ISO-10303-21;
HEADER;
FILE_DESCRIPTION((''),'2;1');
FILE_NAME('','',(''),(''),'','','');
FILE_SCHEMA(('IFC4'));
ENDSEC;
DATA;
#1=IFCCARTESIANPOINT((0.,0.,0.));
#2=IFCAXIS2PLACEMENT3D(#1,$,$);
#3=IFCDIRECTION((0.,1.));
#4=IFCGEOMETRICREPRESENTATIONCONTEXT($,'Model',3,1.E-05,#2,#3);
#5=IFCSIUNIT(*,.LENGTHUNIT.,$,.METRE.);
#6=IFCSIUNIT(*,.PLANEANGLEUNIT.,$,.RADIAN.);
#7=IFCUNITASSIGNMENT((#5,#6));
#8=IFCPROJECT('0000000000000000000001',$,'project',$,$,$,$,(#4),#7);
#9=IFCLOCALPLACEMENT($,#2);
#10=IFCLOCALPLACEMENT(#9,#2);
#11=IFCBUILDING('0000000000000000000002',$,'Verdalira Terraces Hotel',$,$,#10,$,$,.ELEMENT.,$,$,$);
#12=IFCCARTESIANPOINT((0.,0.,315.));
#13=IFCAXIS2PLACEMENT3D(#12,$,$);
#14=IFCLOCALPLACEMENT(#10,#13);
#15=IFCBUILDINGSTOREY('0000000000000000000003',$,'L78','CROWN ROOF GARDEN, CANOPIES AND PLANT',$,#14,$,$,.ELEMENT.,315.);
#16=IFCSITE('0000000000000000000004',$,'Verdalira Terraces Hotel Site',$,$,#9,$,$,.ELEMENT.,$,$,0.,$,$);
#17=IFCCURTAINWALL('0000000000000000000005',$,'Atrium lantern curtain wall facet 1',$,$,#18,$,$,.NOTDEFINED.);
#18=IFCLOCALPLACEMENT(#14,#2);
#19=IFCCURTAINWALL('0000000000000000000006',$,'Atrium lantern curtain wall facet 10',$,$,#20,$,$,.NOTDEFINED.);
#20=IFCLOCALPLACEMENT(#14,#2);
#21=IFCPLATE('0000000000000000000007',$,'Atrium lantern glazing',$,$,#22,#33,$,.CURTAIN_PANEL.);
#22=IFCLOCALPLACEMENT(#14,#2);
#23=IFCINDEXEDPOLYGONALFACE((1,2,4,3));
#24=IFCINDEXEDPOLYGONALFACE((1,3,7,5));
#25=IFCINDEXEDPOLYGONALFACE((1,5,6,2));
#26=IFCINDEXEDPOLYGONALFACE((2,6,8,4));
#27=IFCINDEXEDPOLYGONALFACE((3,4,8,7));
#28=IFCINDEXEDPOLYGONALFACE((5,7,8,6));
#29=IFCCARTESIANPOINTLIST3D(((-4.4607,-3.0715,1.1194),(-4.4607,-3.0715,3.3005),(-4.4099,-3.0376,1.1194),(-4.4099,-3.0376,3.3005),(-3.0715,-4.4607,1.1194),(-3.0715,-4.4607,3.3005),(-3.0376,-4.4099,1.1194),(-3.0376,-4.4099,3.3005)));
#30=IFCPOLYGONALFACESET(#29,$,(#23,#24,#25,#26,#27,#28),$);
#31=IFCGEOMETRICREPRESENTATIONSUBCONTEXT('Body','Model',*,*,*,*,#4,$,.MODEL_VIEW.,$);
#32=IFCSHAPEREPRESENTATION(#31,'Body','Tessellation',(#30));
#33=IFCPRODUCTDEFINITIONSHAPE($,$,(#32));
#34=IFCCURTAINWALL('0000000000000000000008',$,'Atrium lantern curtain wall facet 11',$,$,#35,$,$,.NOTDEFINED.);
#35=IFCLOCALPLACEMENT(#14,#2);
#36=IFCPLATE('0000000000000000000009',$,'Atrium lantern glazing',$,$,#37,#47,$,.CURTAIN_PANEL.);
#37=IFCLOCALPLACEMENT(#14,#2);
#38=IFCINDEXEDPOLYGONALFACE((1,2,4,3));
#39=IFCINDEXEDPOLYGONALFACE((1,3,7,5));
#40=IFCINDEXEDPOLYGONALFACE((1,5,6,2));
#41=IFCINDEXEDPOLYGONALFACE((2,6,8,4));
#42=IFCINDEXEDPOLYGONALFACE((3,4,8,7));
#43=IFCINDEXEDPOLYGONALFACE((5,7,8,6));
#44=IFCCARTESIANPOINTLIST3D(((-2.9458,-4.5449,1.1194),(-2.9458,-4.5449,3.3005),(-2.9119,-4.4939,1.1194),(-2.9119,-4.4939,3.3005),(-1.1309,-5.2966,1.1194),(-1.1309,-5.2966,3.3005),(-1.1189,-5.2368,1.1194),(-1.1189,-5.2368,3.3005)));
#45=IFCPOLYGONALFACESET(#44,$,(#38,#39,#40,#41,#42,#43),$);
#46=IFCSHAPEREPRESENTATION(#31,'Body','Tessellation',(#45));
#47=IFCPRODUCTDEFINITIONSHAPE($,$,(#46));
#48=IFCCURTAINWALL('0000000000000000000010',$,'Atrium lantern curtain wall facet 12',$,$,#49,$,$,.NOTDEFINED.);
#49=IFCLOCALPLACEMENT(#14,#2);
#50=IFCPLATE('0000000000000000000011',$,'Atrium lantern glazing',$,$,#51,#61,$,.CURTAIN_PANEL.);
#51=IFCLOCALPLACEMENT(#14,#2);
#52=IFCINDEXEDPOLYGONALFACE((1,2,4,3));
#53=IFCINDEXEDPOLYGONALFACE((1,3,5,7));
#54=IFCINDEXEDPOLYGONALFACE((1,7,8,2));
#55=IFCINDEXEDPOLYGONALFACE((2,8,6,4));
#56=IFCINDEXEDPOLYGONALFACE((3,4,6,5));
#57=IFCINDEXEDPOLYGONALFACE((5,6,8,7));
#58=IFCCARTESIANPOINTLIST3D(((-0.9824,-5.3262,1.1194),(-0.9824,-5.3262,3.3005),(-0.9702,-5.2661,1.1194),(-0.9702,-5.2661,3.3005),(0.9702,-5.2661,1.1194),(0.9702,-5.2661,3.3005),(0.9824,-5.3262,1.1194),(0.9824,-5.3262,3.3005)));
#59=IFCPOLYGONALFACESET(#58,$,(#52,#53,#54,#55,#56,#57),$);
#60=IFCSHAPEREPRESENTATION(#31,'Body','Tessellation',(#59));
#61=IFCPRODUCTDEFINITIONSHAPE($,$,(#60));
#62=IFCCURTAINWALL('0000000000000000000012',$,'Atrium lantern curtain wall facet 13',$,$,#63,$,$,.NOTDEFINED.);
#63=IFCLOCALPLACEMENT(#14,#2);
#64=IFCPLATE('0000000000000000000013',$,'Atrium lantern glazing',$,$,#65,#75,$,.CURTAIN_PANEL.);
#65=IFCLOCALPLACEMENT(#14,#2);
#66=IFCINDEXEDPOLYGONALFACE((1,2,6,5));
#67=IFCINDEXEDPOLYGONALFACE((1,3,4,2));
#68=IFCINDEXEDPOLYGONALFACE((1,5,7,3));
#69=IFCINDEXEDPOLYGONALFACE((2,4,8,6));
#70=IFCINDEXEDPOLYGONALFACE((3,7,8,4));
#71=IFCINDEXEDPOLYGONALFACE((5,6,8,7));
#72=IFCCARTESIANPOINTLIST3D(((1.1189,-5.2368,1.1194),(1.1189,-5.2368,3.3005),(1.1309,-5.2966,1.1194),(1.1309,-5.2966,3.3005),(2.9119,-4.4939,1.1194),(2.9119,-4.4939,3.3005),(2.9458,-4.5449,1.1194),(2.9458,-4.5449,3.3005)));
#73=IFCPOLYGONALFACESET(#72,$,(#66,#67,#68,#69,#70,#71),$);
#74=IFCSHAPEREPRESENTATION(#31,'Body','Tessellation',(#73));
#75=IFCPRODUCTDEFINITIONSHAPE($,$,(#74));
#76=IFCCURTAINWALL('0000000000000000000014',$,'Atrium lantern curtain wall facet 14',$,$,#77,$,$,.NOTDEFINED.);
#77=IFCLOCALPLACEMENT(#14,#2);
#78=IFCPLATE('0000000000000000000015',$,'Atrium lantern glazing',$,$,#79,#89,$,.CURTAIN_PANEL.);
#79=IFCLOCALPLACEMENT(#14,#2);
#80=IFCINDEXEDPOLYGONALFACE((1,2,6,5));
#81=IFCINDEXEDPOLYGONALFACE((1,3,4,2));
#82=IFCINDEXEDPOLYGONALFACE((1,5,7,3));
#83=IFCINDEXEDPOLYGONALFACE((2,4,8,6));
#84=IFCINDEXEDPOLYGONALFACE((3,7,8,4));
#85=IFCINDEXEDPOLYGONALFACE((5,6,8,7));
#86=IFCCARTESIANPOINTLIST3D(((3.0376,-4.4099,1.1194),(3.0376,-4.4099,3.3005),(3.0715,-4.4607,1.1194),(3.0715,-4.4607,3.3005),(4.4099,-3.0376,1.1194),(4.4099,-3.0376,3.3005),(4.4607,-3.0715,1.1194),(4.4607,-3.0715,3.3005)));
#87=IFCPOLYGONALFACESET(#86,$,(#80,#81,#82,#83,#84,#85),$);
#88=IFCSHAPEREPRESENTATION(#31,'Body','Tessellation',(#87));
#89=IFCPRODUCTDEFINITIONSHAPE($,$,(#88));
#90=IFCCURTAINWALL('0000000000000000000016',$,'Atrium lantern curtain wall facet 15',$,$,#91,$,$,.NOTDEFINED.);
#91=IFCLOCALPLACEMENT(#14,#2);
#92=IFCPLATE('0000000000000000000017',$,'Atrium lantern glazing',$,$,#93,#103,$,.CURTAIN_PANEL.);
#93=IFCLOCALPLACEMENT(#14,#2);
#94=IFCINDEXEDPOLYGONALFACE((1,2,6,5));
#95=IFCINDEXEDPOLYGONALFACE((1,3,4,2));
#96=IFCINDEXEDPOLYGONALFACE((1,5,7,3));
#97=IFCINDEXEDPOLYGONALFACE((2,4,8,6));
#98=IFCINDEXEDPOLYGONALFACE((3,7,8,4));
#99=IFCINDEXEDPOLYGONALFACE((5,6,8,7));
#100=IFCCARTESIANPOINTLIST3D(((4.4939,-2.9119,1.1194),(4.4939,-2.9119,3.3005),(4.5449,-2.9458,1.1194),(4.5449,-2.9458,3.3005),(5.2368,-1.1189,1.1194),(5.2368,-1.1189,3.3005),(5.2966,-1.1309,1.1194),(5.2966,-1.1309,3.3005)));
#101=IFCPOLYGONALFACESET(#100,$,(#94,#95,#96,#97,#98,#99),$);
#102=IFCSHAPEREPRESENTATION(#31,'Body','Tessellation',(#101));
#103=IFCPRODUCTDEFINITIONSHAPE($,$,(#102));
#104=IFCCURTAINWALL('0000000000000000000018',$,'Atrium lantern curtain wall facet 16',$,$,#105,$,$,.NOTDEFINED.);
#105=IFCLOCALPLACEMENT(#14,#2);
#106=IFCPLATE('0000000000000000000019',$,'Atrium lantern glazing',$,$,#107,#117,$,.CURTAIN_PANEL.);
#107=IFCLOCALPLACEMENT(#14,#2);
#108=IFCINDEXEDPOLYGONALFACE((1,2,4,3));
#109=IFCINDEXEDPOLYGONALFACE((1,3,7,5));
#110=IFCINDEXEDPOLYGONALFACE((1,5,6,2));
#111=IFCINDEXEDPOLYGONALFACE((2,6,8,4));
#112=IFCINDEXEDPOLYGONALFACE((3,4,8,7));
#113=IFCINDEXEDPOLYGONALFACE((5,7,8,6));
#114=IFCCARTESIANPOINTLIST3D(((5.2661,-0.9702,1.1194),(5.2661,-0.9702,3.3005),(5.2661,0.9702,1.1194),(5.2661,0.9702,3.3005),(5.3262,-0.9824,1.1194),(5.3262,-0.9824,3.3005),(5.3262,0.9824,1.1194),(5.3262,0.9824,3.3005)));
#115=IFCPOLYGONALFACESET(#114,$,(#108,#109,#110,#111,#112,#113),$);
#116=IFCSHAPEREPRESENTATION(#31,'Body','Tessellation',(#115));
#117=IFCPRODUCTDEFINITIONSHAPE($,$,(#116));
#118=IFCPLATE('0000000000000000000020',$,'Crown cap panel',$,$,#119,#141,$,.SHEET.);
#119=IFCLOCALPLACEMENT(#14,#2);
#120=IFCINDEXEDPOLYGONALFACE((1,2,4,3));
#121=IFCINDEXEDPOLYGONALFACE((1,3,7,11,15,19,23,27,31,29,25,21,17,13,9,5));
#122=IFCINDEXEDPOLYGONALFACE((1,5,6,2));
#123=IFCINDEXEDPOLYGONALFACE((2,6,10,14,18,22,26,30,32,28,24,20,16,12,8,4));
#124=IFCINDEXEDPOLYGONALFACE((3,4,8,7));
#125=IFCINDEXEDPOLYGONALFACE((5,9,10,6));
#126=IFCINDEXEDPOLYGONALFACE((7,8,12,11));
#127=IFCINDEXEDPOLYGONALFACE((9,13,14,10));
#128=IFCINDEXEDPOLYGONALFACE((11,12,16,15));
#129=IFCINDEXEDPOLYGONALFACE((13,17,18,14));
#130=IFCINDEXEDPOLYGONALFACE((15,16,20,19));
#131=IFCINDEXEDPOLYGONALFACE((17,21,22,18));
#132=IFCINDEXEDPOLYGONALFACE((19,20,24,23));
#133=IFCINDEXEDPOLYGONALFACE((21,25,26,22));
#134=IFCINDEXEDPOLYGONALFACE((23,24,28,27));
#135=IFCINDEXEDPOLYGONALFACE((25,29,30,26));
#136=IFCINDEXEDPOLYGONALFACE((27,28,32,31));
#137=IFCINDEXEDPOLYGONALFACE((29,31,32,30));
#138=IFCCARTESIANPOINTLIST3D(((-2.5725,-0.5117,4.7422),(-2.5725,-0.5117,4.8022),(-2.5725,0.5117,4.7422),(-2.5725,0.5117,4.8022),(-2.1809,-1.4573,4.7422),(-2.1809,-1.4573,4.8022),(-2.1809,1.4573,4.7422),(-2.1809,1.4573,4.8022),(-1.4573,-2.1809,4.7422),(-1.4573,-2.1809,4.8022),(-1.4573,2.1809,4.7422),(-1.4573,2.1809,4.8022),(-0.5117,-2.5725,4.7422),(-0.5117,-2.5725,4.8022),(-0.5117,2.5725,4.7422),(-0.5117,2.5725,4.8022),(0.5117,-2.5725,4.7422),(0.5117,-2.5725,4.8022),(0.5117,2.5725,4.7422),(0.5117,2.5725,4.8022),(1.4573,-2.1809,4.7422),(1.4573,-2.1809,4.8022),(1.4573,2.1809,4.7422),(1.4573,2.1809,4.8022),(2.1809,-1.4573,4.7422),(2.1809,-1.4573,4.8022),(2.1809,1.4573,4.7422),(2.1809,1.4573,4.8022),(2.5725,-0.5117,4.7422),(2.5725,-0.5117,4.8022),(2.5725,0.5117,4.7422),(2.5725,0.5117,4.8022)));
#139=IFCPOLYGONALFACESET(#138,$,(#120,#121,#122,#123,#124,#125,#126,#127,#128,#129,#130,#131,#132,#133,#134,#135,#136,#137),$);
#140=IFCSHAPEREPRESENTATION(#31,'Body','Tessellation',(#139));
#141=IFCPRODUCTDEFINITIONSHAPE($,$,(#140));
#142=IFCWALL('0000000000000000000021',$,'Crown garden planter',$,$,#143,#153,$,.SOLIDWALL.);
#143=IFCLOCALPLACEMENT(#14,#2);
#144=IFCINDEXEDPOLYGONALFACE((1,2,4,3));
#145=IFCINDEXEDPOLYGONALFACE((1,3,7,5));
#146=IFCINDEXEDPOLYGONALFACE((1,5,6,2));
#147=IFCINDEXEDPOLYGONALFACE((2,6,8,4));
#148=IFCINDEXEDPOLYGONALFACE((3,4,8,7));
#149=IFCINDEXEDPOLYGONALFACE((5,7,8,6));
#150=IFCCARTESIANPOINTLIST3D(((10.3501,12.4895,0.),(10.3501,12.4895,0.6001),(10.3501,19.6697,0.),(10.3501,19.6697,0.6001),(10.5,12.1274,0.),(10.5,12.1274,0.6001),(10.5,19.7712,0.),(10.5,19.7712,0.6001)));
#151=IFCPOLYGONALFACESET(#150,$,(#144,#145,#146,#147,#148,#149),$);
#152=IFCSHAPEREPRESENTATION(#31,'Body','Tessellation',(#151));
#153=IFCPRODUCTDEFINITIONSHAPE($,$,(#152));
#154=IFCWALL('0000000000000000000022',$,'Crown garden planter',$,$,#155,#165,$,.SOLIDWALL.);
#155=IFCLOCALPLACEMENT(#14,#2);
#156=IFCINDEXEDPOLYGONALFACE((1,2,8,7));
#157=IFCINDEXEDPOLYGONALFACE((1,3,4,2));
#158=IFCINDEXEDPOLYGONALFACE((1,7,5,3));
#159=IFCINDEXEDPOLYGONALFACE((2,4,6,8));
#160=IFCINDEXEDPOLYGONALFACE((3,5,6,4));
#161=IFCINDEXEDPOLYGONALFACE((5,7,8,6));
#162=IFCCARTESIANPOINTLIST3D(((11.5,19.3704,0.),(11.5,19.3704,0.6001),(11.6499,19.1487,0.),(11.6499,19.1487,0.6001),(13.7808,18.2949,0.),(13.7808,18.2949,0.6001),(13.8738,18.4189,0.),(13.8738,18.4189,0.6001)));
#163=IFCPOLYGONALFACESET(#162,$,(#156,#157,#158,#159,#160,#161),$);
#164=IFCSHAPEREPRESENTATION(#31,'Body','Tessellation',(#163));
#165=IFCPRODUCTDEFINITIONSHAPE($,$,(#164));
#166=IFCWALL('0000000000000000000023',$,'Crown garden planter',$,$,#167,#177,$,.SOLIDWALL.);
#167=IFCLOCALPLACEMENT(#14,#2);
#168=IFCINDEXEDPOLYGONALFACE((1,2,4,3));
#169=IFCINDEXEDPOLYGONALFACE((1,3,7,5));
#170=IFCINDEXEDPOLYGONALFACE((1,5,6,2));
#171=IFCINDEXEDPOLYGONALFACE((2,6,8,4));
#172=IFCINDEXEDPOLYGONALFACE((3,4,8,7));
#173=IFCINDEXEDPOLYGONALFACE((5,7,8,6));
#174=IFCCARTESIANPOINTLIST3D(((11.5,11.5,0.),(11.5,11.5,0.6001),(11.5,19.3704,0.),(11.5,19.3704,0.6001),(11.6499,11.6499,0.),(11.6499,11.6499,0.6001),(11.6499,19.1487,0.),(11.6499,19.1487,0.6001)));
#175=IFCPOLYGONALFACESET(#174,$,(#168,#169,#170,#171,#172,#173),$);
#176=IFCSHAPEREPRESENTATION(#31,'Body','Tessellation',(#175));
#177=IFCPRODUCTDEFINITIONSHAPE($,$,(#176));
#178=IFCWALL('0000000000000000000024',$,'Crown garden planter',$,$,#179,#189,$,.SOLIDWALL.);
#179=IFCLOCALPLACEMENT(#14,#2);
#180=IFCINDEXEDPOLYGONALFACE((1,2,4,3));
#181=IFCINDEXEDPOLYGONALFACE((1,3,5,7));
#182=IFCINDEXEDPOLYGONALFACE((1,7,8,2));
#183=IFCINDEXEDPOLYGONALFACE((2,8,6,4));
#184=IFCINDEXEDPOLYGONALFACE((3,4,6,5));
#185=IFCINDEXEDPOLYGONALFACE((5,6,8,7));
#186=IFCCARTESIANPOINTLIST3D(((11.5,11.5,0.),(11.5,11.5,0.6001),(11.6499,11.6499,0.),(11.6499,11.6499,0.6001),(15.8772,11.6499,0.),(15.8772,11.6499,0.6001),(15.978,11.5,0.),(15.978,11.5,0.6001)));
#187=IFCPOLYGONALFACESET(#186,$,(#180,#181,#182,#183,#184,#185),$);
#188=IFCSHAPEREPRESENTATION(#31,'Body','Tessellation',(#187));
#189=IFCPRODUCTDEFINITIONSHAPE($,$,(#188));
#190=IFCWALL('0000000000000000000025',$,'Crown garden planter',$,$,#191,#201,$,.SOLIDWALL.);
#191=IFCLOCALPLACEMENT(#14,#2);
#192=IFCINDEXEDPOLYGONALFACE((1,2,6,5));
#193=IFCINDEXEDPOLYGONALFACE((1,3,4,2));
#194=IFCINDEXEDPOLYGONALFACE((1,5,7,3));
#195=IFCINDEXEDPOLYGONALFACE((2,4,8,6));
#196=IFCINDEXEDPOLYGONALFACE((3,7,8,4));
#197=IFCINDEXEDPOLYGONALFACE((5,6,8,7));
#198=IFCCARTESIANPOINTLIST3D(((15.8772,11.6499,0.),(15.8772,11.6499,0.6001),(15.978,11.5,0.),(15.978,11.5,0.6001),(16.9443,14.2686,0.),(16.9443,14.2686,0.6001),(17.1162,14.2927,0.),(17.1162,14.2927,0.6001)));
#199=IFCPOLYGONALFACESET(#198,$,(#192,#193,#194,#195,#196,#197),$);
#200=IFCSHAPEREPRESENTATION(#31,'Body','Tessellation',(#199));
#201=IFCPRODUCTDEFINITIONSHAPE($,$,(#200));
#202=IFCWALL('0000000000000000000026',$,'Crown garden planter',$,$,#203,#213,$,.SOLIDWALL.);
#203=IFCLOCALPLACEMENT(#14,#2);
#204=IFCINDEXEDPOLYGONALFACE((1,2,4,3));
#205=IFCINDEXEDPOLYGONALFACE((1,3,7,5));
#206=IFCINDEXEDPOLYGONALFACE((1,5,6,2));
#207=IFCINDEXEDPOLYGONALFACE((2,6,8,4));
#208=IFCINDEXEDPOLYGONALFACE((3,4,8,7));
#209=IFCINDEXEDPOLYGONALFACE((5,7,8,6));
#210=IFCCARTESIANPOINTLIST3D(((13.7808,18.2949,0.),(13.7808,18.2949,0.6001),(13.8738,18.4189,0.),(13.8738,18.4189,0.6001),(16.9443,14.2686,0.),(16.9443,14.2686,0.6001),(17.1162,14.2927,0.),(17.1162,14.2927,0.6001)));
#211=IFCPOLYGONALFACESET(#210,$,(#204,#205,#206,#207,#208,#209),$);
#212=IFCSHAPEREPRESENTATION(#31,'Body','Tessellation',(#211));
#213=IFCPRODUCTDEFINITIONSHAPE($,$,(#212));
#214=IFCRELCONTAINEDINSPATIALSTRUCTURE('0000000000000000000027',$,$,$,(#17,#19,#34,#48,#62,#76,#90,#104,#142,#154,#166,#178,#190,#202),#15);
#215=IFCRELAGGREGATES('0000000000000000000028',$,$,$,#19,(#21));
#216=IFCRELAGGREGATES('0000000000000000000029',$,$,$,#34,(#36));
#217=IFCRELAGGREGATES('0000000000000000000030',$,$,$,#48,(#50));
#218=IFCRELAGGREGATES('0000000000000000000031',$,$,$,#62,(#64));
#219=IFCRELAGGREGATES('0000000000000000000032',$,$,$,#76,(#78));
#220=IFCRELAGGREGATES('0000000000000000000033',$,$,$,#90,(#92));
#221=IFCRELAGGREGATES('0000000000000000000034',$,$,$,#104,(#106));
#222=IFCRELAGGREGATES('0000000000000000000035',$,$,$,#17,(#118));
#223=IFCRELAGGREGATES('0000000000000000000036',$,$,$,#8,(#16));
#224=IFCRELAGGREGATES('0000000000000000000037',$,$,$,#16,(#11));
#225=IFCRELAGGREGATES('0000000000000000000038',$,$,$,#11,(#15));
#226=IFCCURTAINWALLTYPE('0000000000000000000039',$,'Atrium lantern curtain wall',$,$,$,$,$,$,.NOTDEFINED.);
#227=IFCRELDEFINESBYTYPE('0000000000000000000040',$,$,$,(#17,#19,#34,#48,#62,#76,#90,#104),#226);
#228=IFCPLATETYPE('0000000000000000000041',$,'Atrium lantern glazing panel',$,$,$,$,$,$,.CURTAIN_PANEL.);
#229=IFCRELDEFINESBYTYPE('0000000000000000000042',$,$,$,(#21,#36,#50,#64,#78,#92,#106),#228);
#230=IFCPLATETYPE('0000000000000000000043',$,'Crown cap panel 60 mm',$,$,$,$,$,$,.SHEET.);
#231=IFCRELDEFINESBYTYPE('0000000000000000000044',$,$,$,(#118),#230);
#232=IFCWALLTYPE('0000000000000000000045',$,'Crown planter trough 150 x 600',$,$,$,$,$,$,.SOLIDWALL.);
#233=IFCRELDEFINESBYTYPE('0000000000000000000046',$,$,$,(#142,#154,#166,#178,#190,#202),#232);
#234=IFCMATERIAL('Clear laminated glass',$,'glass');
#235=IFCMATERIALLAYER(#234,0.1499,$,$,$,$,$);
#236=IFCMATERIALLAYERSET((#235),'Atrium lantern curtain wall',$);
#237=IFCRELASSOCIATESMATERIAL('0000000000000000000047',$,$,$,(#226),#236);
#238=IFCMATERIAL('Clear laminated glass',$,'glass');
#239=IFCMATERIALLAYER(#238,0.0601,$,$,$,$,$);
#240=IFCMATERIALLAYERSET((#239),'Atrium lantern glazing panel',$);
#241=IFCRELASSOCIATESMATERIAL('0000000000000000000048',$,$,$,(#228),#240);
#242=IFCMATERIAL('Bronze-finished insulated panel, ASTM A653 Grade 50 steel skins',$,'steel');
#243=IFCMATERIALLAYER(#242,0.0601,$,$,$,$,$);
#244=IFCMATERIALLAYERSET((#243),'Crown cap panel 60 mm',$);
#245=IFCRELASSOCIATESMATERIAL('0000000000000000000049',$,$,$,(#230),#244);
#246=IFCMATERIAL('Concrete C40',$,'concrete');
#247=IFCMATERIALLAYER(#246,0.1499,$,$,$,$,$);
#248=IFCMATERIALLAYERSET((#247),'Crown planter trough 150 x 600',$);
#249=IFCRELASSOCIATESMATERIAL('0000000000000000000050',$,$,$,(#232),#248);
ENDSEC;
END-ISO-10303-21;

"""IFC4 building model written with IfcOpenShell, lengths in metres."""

from ifc_helpers import new_model, si_unit, direction, frame, origin, place, context, subcontext, project, spatial, polyline, outline, extrude, material, layer, layer_set, type_object, element, aggregate, save


model = new_model("IFC4")

# Units and contexts
model_context = context("Model", 3, precision=1e-05, world=origin(), true_north=direction((0.0, 1.0)))
body_context = subcontext(model_context, "Body", "Model", "MODEL_VIEW")
ifc_project = project(units=[si_unit("LENGTHUNIT", "METRE"), si_unit("PLANEANGLEUNIT", "RADIAN")], contexts=[model_context])

# Site, building, storey
site_placement = place(None, origin())
site = spatial("IfcSite", under=ifc_project, at=site_placement, Name="Verdalira Terraces Hotel Site", CompositionType="ELEMENT", RefElevation=0.0)
building_placement = place(site_placement, origin())
building = spatial("IfcBuilding", under=site, at=building_placement, Name="Verdalira Terraces Hotel", CompositionType="ELEMENT")
storey_placement = place(building_placement, frame((0.0, 0.0, 315.0)))
storey = spatial("IfcBuildingStorey", under=building, at=storey_placement, Name="L78", Description="CROWN ROOF GARDEN, CANOPIES AND PLANT", CompositionType="ELEMENT", Elevation=315.0)

# Shared definitions
ifc_material_1 = material(Name="Clear laminated glass", Category="glass")
ifc_layer_1 = layer(ifc_material_1, 0.1499)
ifc_layer_set_1 = layer_set([ifc_layer_1], Name="Atrium lantern curtain wall")
curtain_wall_type = type_object("IfcCurtainWallType", Name="Atrium lantern curtain wall", PredefinedType="NOTDEFINED", material=ifc_layer_set_1)

# Curtain wall
curtain_wall_1_placement = place(storey_placement, origin())
curtain_wall_1 = element("IfcCurtainWall", 1, at=curtain_wall_1_placement, inside=storey, type_object=curtain_wall_type, Name="Atrium lantern curtain wall facet 1", PredefinedType="NOTDEFINED")
ifc_material_2 = material(Name="Clear laminated glass", Category="glass")
ifc_layer_2 = layer(ifc_material_2, 0.0601)
ifc_layer_set_2 = layer_set([ifc_layer_2], Name="Atrium lantern glazing panel")
plate_type_1 = type_object("IfcPlateType", Name="Atrium lantern glazing panel", PredefinedType="CURTAIN_PANEL", material=ifc_layer_set_2)

# Curtain walls, plates
curtain_wall_2_placement = place(storey_placement, origin())
curtain_wall_2 = element("IfcCurtainWall", 2, at=curtain_wall_2_placement, inside=storey, type_object=curtain_wall_type, Name="Atrium lantern curtain wall facet 10", PredefinedType="NOTDEFINED")
plate_1_placement = place(storey_placement, frame((0.0, 0.0, 1.1194)))
plate_1 = element("IfcPlate", 3, at=plate_1_placement, type_object=plate_type_1, Name="Atrium lantern glazing", PredefinedType="CURTAIN_PANEL", context=body_context, shape_type="SweptSolid", body=[
    extrude(outline(polyline([(-4.4607, -3.0715), (-3.0715, -4.4607), (-3.0376, -4.4099), (-4.4099, -3.0376), (-4.4607, -3.0715)])), origin(), (0.0, 0.0, 1.0), 2.1812),
])
aggregate(curtain_wall_2, [plate_1])
curtain_wall_3_placement = place(storey_placement, origin())
curtain_wall_3 = element("IfcCurtainWall", 4, at=curtain_wall_3_placement, inside=storey, type_object=curtain_wall_type, Name="Atrium lantern curtain wall facet 11", PredefinedType="NOTDEFINED")
plate_2_placement = place(storey_placement, frame((0.0, 0.0, 1.1194)))
plate_2 = element("IfcPlate", 5, at=plate_2_placement, type_object=plate_type_1, Name="Atrium lantern glazing", PredefinedType="CURTAIN_PANEL", context=body_context, shape_type="SweptSolid", body=[
    extrude(outline(polyline([(-2.9458, -4.5449), (-1.1309, -5.2966), (-1.1189, -5.2368), (-2.9119, -4.4939), (-2.9458, -4.5449)])), origin(), (0.0, 0.0, 1.0), 2.1812),
])
aggregate(curtain_wall_3, [plate_2])
curtain_wall_4_placement = place(storey_placement, origin())
curtain_wall_4 = element("IfcCurtainWall", 6, at=curtain_wall_4_placement, inside=storey, type_object=curtain_wall_type, Name="Atrium lantern curtain wall facet 12", PredefinedType="NOTDEFINED")
plate_3_placement = place(storey_placement, frame((0.0, 0.0, 1.1194)))
plate_3 = element("IfcPlate", 7, at=plate_3_placement, type_object=plate_type_1, Name="Atrium lantern glazing", PredefinedType="CURTAIN_PANEL", context=body_context, shape_type="SweptSolid", body=[
    extrude(outline(polyline([(-0.9824, -5.3262), (0.9824, -5.3262), (0.9702, -5.2661), (-0.9702, -5.2661), (-0.9824, -5.3262)])), origin(), (0.0, 0.0, 1.0), 2.1812),
])
aggregate(curtain_wall_4, [plate_3])
curtain_wall_5_placement = place(storey_placement, origin())
curtain_wall_5 = element("IfcCurtainWall", 8, at=curtain_wall_5_placement, inside=storey, type_object=curtain_wall_type, Name="Atrium lantern curtain wall facet 13", PredefinedType="NOTDEFINED")
plate_4_placement = place(storey_placement, frame((0.0, 0.0, 1.1194)))
plate_4 = element("IfcPlate", 9, at=plate_4_placement, type_object=plate_type_1, Name="Atrium lantern glazing", PredefinedType="CURTAIN_PANEL", context=body_context, shape_type="SweptSolid", body=[
    extrude(outline(polyline([(1.1309, -5.2966), (2.9458, -4.5449), (2.9119, -4.4939), (1.1189, -5.2368), (1.1309, -5.2966)])), origin(), (0.0, 0.0, 1.0), 2.1812),
])
aggregate(curtain_wall_5, [plate_4])
curtain_wall_6_placement = place(storey_placement, origin())
curtain_wall_6 = element("IfcCurtainWall", 10, at=curtain_wall_6_placement, inside=storey, type_object=curtain_wall_type, Name="Atrium lantern curtain wall facet 14", PredefinedType="NOTDEFINED")
plate_5_placement = place(storey_placement, frame((0.0, 0.0, 1.1194)))
plate_5 = element("IfcPlate", 11, at=plate_5_placement, type_object=plate_type_1, Name="Atrium lantern glazing", PredefinedType="CURTAIN_PANEL", context=body_context, shape_type="SweptSolid", body=[
    extrude(outline(polyline([(3.0715, -4.4607), (4.4607, -3.0715), (4.4099, -3.0376), (3.0376, -4.4099), (3.0715, -4.4607)])), origin(), (0.0, 0.0, 1.0), 2.1812),
])
aggregate(curtain_wall_6, [plate_5])
curtain_wall_7_placement = place(storey_placement, origin())
curtain_wall_7 = element("IfcCurtainWall", 12, at=curtain_wall_7_placement, inside=storey, type_object=curtain_wall_type, Name="Atrium lantern curtain wall facet 15", PredefinedType="NOTDEFINED")
plate_6_placement = place(storey_placement, frame((0.0, 0.0, 1.1194)))
plate_6 = element("IfcPlate", 13, at=plate_6_placement, type_object=plate_type_1, Name="Atrium lantern glazing", PredefinedType="CURTAIN_PANEL", context=body_context, shape_type="SweptSolid", body=[
    extrude(outline(polyline([(4.5449, -2.9458), (5.2966, -1.1309), (5.2368, -1.1189), (4.4939, -2.9119), (4.5449, -2.9458)])), origin(), (0.0, 0.0, 1.0), 2.1812),
])
aggregate(curtain_wall_7, [plate_6])
curtain_wall_8_placement = place(storey_placement, origin())
curtain_wall_8 = element("IfcCurtainWall", 14, at=curtain_wall_8_placement, inside=storey, type_object=curtain_wall_type, Name="Atrium lantern curtain wall facet 16", PredefinedType="NOTDEFINED")
plate_7_placement = place(storey_placement, frame((0.0, 0.0, 1.1194)))
plate_7 = element("IfcPlate", 15, at=plate_7_placement, type_object=plate_type_1, Name="Atrium lantern glazing", PredefinedType="CURTAIN_PANEL", context=body_context, shape_type="SweptSolid", body=[
    extrude(outline(polyline([(5.3262, -0.9824), (5.3262, 0.9824), (5.2661, 0.9702), (5.2661, -0.9702), (5.3262, -0.9824)])), origin(), (0.0, 0.0, 1.0), 2.1812),
])
aggregate(curtain_wall_8, [plate_7])

# Plate
ifc_material_3 = material(Name="Bronze-finished insulated panel, ASTM A653 Grade 50 steel skins", Category="steel")
ifc_layer_3 = layer(ifc_material_3, 0.0601)
ifc_layer_set_3 = layer_set([ifc_layer_3], Name="Crown cap panel 60 mm")
plate_type_2 = type_object("IfcPlateType", Name="Crown cap panel 60 mm", PredefinedType="SHEET", material=ifc_layer_set_3)
plate_8_placement = place(storey_placement, frame((0.0, 0.0, 4.7422)))
plate_8 = element("IfcPlate", 16, at=plate_8_placement, type_object=plate_type_2, Name="Crown cap panel", PredefinedType="SHEET", context=body_context, shape_type="SweptSolid", body=[
    extrude(outline(polyline([(2.5725, 0.5117), (2.1809, 1.4573), (1.4573, 2.1809), (0.5117, 2.5725), (-0.5117, 2.5725), (-1.4573, 2.1809), (-2.1809, 1.4573), (-2.5725, 0.5117), (-2.5725, -0.5117), (-2.1809, -1.4573), (-1.4573, -2.1809), (-0.5117, -2.5725), (0.5117, -2.5725), (1.4573, -2.1809), (2.1809, -1.4573), (2.5725, -0.5117), (2.5725, 0.5117)])), origin(), (0.0, 0.0, 1.0), 0.0601),
])
aggregate(curtain_wall_1, [plate_8])

# Walls
ifc_material_4 = material(Name="Concrete C40", Category="concrete")
ifc_layer_4 = layer(ifc_material_4, 0.1499)
ifc_layer_set_4 = layer_set([ifc_layer_4], Name="Crown planter trough 150 x 600")
wall_type = type_object("IfcWallType", Name="Crown planter trough 150 x 600", PredefinedType="SOLIDWALL", material=ifc_layer_set_4)
wall_1_placement = place(storey_placement, origin())
element("IfcWall", 17, at=wall_1_placement, inside=storey, type_object=wall_type, Name="Crown garden planter", PredefinedType="SOLIDWALL", context=body_context, shape_type="SweptSolid", body=[
    extrude(outline(polyline([(10.5, 12.1274), (10.5, 19.7712), (10.3501, 19.6697), (10.3501, 12.4895), (10.5, 12.1274)])), origin(), (0.0, 0.0, 1.0), 0.6001),
])
wall_2_placement = place(storey_placement, origin())
element("IfcWall", 18, at=wall_2_placement, inside=storey, type_object=wall_type, Name="Crown garden planter", PredefinedType="SOLIDWALL", context=body_context, shape_type="SweptSolid", body=[
    extrude(outline(polyline([(13.8738, 18.4189), (11.5, 19.3704), (11.6499, 19.1487), (13.7808, 18.2949), (13.8738, 18.4189)])), origin(), (0.0, 0.0, 1.0), 0.6001),
])
wall_3_placement = place(storey_placement, origin())
element("IfcWall", 19, at=wall_3_placement, inside=storey, type_object=wall_type, Name="Crown garden planter", PredefinedType="SOLIDWALL", context=body_context, shape_type="SweptSolid", body=[
    extrude(outline(polyline([(11.5, 19.3704), (11.5, 11.5), (11.6499, 11.6499), (11.6499, 19.1487), (11.5, 19.3704)])), origin(), (0.0, 0.0, 1.0), 0.6001),
])
wall_4_placement = place(storey_placement, origin())
element("IfcWall", 20, at=wall_4_placement, inside=storey, type_object=wall_type, Name="Crown garden planter", PredefinedType="SOLIDWALL", context=body_context, shape_type="SweptSolid", body=[
    extrude(outline(polyline([(11.5, 11.5), (15.978, 11.5), (15.8772, 11.6499), (11.6499, 11.6499), (11.5, 11.5)])), origin(), (0.0, 0.0, 1.0), 0.6001),
])
wall_5_placement = place(storey_placement, origin())
element("IfcWall", 21, at=wall_5_placement, inside=storey, type_object=wall_type, Name="Crown garden planter", PredefinedType="SOLIDWALL", context=body_context, shape_type="SweptSolid", body=[
    extrude(outline(polyline([(15.978, 11.5), (17.1162, 14.2927), (16.9443, 14.2686), (15.8772, 11.6499), (15.978, 11.5)])), origin(), (0.0, 0.0, 1.0), 0.6001),
])
wall_6_placement = place(storey_placement, origin())
element("IfcWall", 22, at=wall_6_placement, inside=storey, type_object=wall_type, Name="Crown garden planter", PredefinedType="SOLIDWALL", context=body_context, shape_type="SweptSolid", body=[
    extrude(outline(polyline([(17.1162, 14.2927), (13.8738, 18.4189), (13.7808, 18.2949), (16.9443, 14.2686), (17.1162, 14.2927)])), origin(), (0.0, 0.0, 1.0), 0.6001),
])

save(model, "model.ifc")
